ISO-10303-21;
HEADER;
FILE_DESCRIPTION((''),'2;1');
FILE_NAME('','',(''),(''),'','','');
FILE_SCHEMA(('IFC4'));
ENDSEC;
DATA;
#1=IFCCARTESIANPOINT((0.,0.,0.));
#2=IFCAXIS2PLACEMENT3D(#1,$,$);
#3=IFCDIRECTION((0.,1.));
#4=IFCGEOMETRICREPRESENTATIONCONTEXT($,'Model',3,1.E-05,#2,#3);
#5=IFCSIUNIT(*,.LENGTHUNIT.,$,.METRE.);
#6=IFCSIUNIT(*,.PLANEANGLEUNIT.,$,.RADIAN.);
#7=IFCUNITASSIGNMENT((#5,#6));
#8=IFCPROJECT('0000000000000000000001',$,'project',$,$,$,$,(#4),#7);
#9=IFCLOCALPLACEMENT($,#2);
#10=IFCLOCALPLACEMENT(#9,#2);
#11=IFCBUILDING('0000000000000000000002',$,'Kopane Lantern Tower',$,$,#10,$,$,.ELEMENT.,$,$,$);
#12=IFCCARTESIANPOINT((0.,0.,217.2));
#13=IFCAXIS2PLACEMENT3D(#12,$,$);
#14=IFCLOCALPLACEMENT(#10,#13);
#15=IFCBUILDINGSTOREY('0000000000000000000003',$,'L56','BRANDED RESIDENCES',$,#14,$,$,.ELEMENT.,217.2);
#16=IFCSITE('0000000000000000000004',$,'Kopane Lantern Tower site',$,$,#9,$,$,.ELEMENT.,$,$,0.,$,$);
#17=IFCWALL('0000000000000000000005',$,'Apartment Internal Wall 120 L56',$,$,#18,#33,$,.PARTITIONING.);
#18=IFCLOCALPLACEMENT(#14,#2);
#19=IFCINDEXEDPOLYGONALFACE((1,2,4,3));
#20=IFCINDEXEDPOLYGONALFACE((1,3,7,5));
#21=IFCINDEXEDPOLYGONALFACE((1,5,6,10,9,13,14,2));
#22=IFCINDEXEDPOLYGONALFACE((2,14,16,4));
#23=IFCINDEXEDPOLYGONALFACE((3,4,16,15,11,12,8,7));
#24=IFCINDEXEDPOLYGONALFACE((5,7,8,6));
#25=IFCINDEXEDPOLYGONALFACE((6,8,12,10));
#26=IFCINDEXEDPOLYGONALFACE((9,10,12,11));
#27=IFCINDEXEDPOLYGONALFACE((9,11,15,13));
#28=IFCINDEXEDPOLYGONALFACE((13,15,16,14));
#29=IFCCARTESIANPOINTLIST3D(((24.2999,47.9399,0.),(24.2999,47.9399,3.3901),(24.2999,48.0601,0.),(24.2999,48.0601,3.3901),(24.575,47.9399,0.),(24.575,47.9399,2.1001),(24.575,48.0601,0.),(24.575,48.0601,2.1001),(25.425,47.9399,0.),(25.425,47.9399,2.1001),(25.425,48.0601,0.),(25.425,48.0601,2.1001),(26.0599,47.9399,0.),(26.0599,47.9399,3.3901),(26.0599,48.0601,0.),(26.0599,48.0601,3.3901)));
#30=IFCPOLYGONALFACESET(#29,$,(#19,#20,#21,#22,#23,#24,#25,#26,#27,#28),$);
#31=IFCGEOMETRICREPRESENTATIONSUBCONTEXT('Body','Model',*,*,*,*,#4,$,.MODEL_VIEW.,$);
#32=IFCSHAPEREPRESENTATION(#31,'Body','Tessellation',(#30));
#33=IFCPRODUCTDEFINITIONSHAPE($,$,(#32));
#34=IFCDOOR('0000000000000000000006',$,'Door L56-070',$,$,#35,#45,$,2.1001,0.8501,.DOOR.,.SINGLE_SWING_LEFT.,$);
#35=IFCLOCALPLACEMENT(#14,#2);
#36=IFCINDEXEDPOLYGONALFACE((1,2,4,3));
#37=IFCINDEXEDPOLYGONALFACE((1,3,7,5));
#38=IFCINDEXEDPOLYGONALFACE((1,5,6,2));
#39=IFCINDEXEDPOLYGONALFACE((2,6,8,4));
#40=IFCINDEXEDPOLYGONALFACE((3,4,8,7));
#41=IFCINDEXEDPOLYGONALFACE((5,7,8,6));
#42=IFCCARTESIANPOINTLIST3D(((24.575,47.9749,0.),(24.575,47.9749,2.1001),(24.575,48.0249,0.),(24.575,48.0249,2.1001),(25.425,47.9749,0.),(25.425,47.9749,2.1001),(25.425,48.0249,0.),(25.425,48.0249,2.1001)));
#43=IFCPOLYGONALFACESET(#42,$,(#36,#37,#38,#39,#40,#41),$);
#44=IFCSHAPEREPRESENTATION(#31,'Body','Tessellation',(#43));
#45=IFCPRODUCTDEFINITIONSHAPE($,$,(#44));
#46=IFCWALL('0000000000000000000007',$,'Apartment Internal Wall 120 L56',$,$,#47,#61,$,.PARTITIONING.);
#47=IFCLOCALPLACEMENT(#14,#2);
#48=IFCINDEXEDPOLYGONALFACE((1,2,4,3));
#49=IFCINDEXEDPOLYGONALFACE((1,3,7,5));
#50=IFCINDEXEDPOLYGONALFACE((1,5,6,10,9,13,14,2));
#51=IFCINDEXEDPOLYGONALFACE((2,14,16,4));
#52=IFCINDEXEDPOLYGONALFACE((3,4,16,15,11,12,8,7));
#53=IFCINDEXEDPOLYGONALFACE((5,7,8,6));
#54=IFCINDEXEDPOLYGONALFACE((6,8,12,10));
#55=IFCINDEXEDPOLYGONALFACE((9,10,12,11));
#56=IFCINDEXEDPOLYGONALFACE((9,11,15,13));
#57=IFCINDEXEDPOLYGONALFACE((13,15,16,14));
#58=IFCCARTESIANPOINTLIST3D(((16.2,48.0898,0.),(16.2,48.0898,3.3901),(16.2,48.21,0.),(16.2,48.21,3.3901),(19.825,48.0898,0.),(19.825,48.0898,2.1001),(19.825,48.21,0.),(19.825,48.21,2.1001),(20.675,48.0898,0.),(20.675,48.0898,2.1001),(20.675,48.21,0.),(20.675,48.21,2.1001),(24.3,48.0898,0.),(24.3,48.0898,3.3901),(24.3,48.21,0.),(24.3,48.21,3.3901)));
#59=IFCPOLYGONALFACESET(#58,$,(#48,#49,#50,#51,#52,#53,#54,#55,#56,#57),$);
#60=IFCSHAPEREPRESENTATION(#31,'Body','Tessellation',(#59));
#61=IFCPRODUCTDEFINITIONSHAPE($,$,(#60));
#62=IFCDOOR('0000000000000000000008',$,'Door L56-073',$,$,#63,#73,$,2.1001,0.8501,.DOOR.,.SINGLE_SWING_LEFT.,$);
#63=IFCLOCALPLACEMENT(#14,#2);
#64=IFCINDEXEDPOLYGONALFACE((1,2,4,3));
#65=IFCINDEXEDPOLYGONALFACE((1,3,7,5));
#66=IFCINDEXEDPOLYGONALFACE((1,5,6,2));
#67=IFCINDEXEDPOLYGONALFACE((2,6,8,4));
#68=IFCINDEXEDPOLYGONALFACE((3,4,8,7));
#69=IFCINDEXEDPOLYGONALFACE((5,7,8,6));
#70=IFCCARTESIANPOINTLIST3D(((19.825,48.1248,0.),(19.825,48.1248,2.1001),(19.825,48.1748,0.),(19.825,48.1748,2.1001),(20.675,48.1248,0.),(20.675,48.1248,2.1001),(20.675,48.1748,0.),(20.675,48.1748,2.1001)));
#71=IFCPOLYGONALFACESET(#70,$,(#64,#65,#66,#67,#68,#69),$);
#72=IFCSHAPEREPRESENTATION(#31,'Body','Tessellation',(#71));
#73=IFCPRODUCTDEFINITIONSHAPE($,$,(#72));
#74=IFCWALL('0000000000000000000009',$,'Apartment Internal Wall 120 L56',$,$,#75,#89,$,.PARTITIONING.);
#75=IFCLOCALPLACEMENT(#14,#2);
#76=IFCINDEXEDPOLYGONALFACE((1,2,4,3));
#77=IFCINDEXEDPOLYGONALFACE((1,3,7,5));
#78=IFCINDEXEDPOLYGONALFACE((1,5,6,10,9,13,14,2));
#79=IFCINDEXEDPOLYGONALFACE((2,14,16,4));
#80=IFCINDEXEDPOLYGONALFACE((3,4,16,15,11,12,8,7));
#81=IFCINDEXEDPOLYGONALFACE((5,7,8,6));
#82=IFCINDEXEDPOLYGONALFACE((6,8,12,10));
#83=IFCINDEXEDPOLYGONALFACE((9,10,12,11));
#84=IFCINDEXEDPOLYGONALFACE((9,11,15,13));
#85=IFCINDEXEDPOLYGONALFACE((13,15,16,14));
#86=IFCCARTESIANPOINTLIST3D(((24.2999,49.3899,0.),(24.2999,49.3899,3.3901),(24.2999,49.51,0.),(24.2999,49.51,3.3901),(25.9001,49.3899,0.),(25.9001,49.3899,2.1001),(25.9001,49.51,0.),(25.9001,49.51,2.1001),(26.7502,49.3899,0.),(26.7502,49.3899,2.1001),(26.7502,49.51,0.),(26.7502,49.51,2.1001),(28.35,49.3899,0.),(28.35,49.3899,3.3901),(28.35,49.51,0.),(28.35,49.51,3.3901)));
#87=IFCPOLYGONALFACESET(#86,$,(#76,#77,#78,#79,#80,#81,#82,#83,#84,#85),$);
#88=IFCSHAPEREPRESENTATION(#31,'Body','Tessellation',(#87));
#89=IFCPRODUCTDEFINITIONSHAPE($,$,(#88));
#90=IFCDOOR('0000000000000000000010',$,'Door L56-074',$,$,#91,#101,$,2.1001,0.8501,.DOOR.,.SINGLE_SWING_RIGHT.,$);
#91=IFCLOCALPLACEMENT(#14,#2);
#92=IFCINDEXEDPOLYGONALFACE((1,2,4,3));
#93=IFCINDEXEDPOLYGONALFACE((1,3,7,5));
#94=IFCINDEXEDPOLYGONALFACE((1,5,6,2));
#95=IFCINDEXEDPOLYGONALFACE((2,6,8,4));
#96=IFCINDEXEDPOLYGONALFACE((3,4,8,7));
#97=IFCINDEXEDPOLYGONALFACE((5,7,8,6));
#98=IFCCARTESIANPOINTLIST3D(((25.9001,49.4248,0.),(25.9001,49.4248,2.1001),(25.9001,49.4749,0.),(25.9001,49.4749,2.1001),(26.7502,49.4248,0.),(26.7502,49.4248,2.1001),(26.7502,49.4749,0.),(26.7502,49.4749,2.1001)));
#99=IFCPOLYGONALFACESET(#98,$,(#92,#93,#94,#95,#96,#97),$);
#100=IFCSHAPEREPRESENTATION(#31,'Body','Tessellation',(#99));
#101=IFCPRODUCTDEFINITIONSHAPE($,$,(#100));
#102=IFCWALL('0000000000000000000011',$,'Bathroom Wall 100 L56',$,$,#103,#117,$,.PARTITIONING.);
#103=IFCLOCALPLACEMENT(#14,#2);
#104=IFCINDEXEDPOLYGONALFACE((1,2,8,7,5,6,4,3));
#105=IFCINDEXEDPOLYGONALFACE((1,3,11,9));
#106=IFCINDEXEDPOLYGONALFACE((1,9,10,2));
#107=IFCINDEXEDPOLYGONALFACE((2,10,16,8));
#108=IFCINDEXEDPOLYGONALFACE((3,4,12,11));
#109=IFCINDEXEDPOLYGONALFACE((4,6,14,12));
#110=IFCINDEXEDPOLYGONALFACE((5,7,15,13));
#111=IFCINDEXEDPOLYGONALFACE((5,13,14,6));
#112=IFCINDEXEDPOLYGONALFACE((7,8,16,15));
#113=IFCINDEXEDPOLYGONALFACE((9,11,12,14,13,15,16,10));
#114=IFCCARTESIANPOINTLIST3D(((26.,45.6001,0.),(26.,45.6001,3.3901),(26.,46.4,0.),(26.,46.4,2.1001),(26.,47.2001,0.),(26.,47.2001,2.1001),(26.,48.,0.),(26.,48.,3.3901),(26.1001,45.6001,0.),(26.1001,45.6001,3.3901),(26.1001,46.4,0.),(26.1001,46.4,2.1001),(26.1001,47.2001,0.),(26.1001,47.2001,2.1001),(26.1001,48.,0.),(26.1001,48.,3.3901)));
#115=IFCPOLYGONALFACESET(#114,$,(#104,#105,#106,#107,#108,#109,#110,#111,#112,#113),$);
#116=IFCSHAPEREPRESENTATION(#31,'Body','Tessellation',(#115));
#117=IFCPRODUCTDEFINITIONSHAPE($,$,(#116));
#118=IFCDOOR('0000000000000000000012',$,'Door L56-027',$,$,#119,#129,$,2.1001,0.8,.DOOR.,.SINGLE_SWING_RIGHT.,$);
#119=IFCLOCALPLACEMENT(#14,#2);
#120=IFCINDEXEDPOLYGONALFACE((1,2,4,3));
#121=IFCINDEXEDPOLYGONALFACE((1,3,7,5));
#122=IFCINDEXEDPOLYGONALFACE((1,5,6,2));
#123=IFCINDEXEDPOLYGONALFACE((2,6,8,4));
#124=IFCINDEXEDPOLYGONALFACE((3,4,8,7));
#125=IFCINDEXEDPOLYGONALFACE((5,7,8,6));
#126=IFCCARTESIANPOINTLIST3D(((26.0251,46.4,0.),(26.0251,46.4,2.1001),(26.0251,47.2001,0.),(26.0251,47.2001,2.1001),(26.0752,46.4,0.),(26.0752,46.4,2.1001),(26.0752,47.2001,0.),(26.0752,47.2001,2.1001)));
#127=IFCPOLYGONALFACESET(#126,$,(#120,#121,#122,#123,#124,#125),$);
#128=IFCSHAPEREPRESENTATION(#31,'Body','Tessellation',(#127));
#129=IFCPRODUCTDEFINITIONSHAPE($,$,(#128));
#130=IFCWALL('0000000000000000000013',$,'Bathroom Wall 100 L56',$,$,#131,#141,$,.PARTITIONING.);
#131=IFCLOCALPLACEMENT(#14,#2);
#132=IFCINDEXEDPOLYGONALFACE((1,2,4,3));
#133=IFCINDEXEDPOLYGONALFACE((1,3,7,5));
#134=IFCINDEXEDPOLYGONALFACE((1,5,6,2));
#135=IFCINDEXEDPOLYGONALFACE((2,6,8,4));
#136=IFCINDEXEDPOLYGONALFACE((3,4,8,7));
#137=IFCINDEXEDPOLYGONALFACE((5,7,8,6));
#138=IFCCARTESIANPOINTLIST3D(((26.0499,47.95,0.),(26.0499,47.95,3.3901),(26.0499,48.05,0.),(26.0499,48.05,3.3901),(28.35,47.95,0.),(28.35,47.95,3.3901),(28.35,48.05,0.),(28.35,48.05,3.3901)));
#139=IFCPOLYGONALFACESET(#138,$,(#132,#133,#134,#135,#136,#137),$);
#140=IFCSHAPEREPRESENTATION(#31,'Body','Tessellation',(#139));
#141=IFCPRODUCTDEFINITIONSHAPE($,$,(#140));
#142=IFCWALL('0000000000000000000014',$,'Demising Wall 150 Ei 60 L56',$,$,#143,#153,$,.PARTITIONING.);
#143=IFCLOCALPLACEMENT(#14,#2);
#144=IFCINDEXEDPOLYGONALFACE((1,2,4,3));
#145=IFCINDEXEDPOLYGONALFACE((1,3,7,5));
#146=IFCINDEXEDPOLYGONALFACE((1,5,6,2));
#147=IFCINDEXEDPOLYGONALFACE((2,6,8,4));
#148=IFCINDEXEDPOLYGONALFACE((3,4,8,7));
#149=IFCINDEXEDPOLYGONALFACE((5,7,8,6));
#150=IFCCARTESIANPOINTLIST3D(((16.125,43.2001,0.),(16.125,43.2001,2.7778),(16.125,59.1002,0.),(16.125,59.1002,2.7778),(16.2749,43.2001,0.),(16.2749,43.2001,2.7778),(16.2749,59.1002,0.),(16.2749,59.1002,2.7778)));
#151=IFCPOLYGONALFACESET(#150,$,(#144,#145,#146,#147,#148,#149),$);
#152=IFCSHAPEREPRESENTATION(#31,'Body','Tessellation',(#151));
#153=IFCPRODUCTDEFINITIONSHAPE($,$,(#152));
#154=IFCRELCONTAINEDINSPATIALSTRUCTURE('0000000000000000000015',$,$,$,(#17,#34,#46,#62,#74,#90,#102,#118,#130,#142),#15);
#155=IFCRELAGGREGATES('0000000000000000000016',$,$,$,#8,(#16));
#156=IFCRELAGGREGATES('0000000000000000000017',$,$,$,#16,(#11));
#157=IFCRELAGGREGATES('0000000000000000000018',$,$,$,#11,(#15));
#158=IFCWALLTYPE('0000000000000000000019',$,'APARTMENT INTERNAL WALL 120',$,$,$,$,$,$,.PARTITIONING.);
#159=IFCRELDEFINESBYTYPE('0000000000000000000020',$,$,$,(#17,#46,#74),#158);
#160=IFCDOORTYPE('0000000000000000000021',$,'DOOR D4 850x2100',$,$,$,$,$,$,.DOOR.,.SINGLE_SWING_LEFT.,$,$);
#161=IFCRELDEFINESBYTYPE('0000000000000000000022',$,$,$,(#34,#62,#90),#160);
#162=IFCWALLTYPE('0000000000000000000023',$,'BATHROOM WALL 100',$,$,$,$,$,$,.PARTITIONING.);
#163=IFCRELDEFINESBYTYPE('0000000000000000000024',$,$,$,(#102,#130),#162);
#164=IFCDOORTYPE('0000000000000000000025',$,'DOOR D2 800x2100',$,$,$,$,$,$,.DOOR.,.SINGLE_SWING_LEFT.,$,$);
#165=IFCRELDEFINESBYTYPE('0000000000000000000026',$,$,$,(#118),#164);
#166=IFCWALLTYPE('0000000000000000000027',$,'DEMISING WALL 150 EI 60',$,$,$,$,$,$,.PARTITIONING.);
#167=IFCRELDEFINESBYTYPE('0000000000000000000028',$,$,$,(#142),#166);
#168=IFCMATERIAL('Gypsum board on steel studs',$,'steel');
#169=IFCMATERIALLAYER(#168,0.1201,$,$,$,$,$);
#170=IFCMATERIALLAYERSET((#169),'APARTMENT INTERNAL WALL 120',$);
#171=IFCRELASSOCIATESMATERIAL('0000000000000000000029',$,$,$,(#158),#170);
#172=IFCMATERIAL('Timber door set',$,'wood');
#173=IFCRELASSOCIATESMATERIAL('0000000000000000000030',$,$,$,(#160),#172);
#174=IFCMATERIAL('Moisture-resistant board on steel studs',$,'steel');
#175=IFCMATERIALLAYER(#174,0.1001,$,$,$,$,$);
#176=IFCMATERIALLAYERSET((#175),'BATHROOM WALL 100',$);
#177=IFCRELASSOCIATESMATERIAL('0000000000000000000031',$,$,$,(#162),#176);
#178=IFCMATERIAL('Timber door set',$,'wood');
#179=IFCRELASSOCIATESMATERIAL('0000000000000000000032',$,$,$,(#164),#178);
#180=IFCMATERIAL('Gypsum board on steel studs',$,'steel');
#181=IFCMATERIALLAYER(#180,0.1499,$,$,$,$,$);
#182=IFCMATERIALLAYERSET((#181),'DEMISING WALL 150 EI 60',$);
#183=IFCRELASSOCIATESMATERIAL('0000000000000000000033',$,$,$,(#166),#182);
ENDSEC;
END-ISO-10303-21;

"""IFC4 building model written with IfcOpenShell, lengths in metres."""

from ifc_helpers import new_model, si_unit, direction, frame, frame_2d, origin, place, context, subcontext, project, spatial, rectangle, extrude, material, layer, layer_set, type_object, element, fill, save


model = new_model("IFC4")

# Units and contexts
model_context = context("Model", 3, precision=1e-05, world=origin(), true_north=direction((0.0, 1.0)))
body_context = subcontext(model_context, "Body", "Model", "MODEL_VIEW")
ifc_project = project(units=[si_unit("LENGTHUNIT", "METRE"), si_unit("PLANEANGLEUNIT", "RADIAN")], contexts=[model_context])

# Site, building, storey
site_placement = place(None, origin())
site = spatial("IfcSite", under=ifc_project, at=site_placement, Name="Kopane Lantern Tower site", CompositionType="ELEMENT", RefElevation=0.0)
building_placement = place(site_placement, origin())
building = spatial("IfcBuilding", under=site, at=building_placement, Name="Kopane Lantern Tower", CompositionType="ELEMENT")
storey_placement = place(building_placement, frame((0.0, 0.0, 217.2)))
storey = spatial("IfcBuildingStorey", under=building, at=storey_placement, Name="L56", Description="BRANDED RESIDENCES", CompositionType="ELEMENT", Elevation=217.2)

# Shared definitions
ifc_material_1 = material(Name="Gypsum board on steel studs", Category="steel")
ifc_layer_1 = layer(ifc_material_1, 0.1201)
ifc_layer_set_1 = layer_set([ifc_layer_1], Name="APARTMENT INTERNAL WALL 120")
wall_type_1 = type_object("IfcWallType", Name="APARTMENT INTERNAL WALL 120", PredefinedType="PARTITIONING", material=ifc_layer_set_1)

# Walls, openings, doors
wall_1_placement = place(storey_placement, frame((24.3, 48.0, 0.0), z_axis=(0.0, 0.0, 1.0), x_axis=(1.0, 0.0, 0.0)))
wall_1 = element("IfcWall", 1, at=wall_1_placement, inside=storey, type_object=wall_type_1, Name="Apartment Internal Wall 120 L56", PredefinedType="PARTITIONING", context=body_context, shape_type="SweptSolid", body=[
    extrude(rectangle(XDim=1.76, YDim=0.1201, at=frame_2d((0.8799, 0.0))), origin(), (0.0, 0.0, 1.0), 3.3901),
])
opening_1_placement = place(wall_1_placement, frame((0.2749, 0.0, 0.0)))
opening_1 = element("IfcOpeningElement", 2, at=opening_1_placement, cuts=wall_1, PredefinedType="OPENING", context=body_context, shape_type="SweptSolid", body=[
    extrude(rectangle(XDim=0.8501, YDim=2.1001, at=frame_2d((0.425, 1.05))), frame((0.0, 0.0701, 0.0), z_axis=(0.0, -1.0, 0.0), x_axis=(1.0, 0.0, 0.0)), (0.0, 0.0, 1.0), 0.1401),
])
ifc_material_2 = material(Name="Timber door set", Category="wood")
door_type_1 = type_object("IfcDoorType", Name="DOOR D4 850x2100", OperationType="SINGLE_SWING_LEFT", PredefinedType="DOOR", material=ifc_material_2)
door_1_placement = place(opening_1_placement, origin())
door_1 = element("IfcDoor", 3, at=door_1_placement, inside=storey, type_object=door_type_1, Name="Door L56-070", OperationType="SINGLE_SWING_LEFT", OverallHeight=2.1001, OverallWidth=0.8501, PredefinedType="DOOR", context=body_context, shape_type="SweptSolid", body=[
    extrude(rectangle(XDim=0.8501, YDim=2.1001, at=frame_2d((0.425, 1.05))), frame((0.0, 0.0249, 0.0), z_axis=(0.0, -1.0, 0.0), x_axis=(1.0, 0.0, 0.0)), (0.0, 0.0, 1.0), 0.05),
])
fill(opening_1, door_1)
wall_2_placement = place(storey_placement, frame((16.2, 48.1499, 0.0), z_axis=(0.0, 0.0, 1.0), x_axis=(1.0, 0.0, 0.0)))
wall_2 = element("IfcWall", 4, at=wall_2_placement, inside=storey, type_object=wall_type_1, Name="Apartment Internal Wall 120 L56", PredefinedType="PARTITIONING", context=body_context, shape_type="SweptSolid", body=[
    extrude(rectangle(XDim=8.1001, YDim=0.1201, at=frame_2d((4.05, 0.0))), origin(), (0.0, 0.0, 1.0), 3.3901),
])
opening_2_placement = place(wall_2_placement, frame((3.625, 0.0, 0.0)))
opening_2 = element("IfcOpeningElement", 5, at=opening_2_placement, cuts=wall_2, PredefinedType="OPENING", context=body_context, shape_type="SweptSolid", body=[
    extrude(rectangle(XDim=0.8501, YDim=2.1001, at=frame_2d((0.425, 1.05))), frame((0.0, 0.0701, 0.0), z_axis=(0.0, -1.0, 0.0), x_axis=(1.0, 0.0, 0.0)), (0.0, 0.0, 1.0), 0.1401),
])
door_2_placement = place(opening_2_placement, origin())
door_2 = element("IfcDoor", 6, at=door_2_placement, inside=storey, type_object=door_type_1, Name="Door L56-073", OperationType="SINGLE_SWING_LEFT", OverallHeight=2.1001, OverallWidth=0.8501, PredefinedType="DOOR", context=body_context, shape_type="SweptSolid", body=[
    extrude(rectangle(XDim=0.8501, YDim=2.1001, at=frame_2d((0.425, 1.05))), frame((0.0, 0.0249, 0.0), z_axis=(0.0, -1.0, 0.0), x_axis=(1.0, 0.0, 0.0)), (0.0, 0.0, 1.0), 0.05),
])
fill(opening_2, door_2)
wall_3_placement = place(storey_placement, frame((24.3, 49.45, 0.0), z_axis=(0.0, 0.0, 1.0), x_axis=(1.0, 0.0, 0.0)))
wall_3 = element("IfcWall", 7, at=wall_3_placement, inside=storey, type_object=wall_type_1, Name="Apartment Internal Wall 120 L56", PredefinedType="PARTITIONING", context=body_context, shape_type="SweptSolid", body=[
    extrude(rectangle(XDim=4.05, YDim=0.1201, at=frame_2d((2.0249, 0.0))), origin(), (0.0, 0.0, 1.0), 3.3901),
])
opening_3_placement = place(wall_3_placement, frame((1.6001, 0.0, 0.0)))
opening_3 = element("IfcOpeningElement", 8, at=opening_3_placement, cuts=wall_3, PredefinedType="OPENING", context=body_context, shape_type="SweptSolid", body=[
    extrude(rectangle(XDim=0.8501, YDim=2.1001, at=frame_2d((0.425, 1.05))), frame((0.0, 0.0701, 0.0), z_axis=(0.0, -1.0, 0.0), x_axis=(1.0, 0.0, 0.0)), (0.0, 0.0, 1.0), 0.1401),
])
door_3_placement = place(opening_3_placement, origin())
door_3 = element("IfcDoor", 9, at=door_3_placement, inside=storey, type_object=door_type_1, Name="Door L56-074", OperationType="SINGLE_SWING_RIGHT", OverallHeight=2.1001, OverallWidth=0.8501, PredefinedType="DOOR", context=body_context, shape_type="SweptSolid", body=[
    extrude(rectangle(XDim=0.8501, YDim=2.1001, at=frame_2d((0.425, 1.05))), frame((0.0, 0.0249, 0.0), z_axis=(0.0, -1.0, 0.0), x_axis=(1.0, 0.0, 0.0)), (0.0, 0.0, 1.0), 0.05),
])
fill(opening_3, door_3)
ifc_material_3 = material(Name="Moisture-resistant board on steel studs", Category="steel")
ifc_layer_2 = layer(ifc_material_3, 0.1001)
ifc_layer_set_2 = layer_set([ifc_layer_2], Name="BATHROOM WALL 100")
wall_type_2 = type_object("IfcWallType", Name="BATHROOM WALL 100", PredefinedType="PARTITIONING", material=ifc_layer_set_2)
wall_4_placement = place(storey_placement, frame((26.05, 45.6001, 0.0), z_axis=(0.0, 0.0, 1.0), x_axis=(0.0, 1.0, 0.0)))
wall_4 = element("IfcWall", 10, at=wall_4_placement, inside=storey, type_object=wall_type_2, Name="Bathroom Wall 100 L56", PredefinedType="PARTITIONING", context=body_context, shape_type="SweptSolid", body=[
    extrude(rectangle(XDim=2.3999, YDim=0.1001, at=frame_2d((1.2, 0.0))), origin(), (0.0, 0.0, 1.0), 3.3901),
])
opening_4_placement = place(wall_4_placement, frame((0.8, 0.0, 0.0)))
opening_4 = element("IfcOpeningElement", 11, at=opening_4_placement, cuts=wall_4, PredefinedType="OPENING", context=body_context, shape_type="SweptSolid", body=[
    extrude(rectangle(XDim=0.8, YDim=2.1001, at=frame_2d((0.3999, 1.05))), frame((0.0, 0.0601, 0.0), z_axis=(0.0, -1.0, 0.0), x_axis=(1.0, 0.0, 0.0)), (0.0, 0.0, 1.0), 0.1201),
])
ifc_material_4 = material(Name="Timber door set", Category="wood")
door_type_2 = type_object("IfcDoorType", Name="DOOR D2 800x2100", OperationType="SINGLE_SWING_LEFT", PredefinedType="DOOR", material=ifc_material_4)
door_4_placement = place(opening_4_placement, origin())
door_4 = element("IfcDoor", 12, at=door_4_placement, inside=storey, type_object=door_type_2, Name="Door L56-027", OperationType="SINGLE_SWING_RIGHT", OverallHeight=2.1001, OverallWidth=0.8, PredefinedType="DOOR", context=body_context, shape_type="SweptSolid", body=[
    extrude(rectangle(XDim=0.8, YDim=2.1001, at=frame_2d((0.3999, 1.05))), frame((0.0, 0.0249, 0.0), z_axis=(0.0, -1.0, 0.0), x_axis=(1.0, 0.0, 0.0)), (0.0, 0.0, 1.0), 0.05),
])
fill(opening_4, door_4)

# Walls
wall_5_placement = place(storey_placement, frame((26.05, 48.0, 0.0), z_axis=(0.0, 0.0, 1.0), x_axis=(1.0, 0.0, 0.0)))
element("IfcWall", 13, at=wall_5_placement, inside=storey, type_object=wall_type_2, Name="Bathroom Wall 100 L56", PredefinedType="PARTITIONING", context=body_context, shape_type="SweptSolid", body=[
    extrude(rectangle(XDim=2.3, YDim=0.1001, at=frame_2d((1.1499, 0.0))), origin(), (0.0, 0.0, 1.0), 3.3901),
])
ifc_material_5 = material(Name="Gypsum board on steel studs", Category="steel")
ifc_layer_3 = layer(ifc_material_5, 0.1499)
ifc_layer_set_3 = layer_set([ifc_layer_3], Name="DEMISING WALL 150 EI 60")
wall_type_3 = type_object("IfcWallType", Name="DEMISING WALL 150 EI 60", PredefinedType="PARTITIONING", material=ifc_layer_set_3)
wall_6_placement = place(storey_placement, frame((16.2, 43.2, 0.0), z_axis=(0.0, 0.0, 1.0), x_axis=(0.0, 1.0, 0.0)))
element("IfcWall", 14, at=wall_6_placement, inside=storey, type_object=wall_type_3, Name="Demising Wall 150 Ei 60 L56", PredefinedType="PARTITIONING", context=body_context, shape_type="SweptSolid", body=[
    extrude(rectangle(XDim=15.9001, YDim=0.1499, at=frame_2d((7.9502, 0.0))), origin(), (0.0, 0.0, 1.0), 2.7778),
])

save(model, "model.ifc")
